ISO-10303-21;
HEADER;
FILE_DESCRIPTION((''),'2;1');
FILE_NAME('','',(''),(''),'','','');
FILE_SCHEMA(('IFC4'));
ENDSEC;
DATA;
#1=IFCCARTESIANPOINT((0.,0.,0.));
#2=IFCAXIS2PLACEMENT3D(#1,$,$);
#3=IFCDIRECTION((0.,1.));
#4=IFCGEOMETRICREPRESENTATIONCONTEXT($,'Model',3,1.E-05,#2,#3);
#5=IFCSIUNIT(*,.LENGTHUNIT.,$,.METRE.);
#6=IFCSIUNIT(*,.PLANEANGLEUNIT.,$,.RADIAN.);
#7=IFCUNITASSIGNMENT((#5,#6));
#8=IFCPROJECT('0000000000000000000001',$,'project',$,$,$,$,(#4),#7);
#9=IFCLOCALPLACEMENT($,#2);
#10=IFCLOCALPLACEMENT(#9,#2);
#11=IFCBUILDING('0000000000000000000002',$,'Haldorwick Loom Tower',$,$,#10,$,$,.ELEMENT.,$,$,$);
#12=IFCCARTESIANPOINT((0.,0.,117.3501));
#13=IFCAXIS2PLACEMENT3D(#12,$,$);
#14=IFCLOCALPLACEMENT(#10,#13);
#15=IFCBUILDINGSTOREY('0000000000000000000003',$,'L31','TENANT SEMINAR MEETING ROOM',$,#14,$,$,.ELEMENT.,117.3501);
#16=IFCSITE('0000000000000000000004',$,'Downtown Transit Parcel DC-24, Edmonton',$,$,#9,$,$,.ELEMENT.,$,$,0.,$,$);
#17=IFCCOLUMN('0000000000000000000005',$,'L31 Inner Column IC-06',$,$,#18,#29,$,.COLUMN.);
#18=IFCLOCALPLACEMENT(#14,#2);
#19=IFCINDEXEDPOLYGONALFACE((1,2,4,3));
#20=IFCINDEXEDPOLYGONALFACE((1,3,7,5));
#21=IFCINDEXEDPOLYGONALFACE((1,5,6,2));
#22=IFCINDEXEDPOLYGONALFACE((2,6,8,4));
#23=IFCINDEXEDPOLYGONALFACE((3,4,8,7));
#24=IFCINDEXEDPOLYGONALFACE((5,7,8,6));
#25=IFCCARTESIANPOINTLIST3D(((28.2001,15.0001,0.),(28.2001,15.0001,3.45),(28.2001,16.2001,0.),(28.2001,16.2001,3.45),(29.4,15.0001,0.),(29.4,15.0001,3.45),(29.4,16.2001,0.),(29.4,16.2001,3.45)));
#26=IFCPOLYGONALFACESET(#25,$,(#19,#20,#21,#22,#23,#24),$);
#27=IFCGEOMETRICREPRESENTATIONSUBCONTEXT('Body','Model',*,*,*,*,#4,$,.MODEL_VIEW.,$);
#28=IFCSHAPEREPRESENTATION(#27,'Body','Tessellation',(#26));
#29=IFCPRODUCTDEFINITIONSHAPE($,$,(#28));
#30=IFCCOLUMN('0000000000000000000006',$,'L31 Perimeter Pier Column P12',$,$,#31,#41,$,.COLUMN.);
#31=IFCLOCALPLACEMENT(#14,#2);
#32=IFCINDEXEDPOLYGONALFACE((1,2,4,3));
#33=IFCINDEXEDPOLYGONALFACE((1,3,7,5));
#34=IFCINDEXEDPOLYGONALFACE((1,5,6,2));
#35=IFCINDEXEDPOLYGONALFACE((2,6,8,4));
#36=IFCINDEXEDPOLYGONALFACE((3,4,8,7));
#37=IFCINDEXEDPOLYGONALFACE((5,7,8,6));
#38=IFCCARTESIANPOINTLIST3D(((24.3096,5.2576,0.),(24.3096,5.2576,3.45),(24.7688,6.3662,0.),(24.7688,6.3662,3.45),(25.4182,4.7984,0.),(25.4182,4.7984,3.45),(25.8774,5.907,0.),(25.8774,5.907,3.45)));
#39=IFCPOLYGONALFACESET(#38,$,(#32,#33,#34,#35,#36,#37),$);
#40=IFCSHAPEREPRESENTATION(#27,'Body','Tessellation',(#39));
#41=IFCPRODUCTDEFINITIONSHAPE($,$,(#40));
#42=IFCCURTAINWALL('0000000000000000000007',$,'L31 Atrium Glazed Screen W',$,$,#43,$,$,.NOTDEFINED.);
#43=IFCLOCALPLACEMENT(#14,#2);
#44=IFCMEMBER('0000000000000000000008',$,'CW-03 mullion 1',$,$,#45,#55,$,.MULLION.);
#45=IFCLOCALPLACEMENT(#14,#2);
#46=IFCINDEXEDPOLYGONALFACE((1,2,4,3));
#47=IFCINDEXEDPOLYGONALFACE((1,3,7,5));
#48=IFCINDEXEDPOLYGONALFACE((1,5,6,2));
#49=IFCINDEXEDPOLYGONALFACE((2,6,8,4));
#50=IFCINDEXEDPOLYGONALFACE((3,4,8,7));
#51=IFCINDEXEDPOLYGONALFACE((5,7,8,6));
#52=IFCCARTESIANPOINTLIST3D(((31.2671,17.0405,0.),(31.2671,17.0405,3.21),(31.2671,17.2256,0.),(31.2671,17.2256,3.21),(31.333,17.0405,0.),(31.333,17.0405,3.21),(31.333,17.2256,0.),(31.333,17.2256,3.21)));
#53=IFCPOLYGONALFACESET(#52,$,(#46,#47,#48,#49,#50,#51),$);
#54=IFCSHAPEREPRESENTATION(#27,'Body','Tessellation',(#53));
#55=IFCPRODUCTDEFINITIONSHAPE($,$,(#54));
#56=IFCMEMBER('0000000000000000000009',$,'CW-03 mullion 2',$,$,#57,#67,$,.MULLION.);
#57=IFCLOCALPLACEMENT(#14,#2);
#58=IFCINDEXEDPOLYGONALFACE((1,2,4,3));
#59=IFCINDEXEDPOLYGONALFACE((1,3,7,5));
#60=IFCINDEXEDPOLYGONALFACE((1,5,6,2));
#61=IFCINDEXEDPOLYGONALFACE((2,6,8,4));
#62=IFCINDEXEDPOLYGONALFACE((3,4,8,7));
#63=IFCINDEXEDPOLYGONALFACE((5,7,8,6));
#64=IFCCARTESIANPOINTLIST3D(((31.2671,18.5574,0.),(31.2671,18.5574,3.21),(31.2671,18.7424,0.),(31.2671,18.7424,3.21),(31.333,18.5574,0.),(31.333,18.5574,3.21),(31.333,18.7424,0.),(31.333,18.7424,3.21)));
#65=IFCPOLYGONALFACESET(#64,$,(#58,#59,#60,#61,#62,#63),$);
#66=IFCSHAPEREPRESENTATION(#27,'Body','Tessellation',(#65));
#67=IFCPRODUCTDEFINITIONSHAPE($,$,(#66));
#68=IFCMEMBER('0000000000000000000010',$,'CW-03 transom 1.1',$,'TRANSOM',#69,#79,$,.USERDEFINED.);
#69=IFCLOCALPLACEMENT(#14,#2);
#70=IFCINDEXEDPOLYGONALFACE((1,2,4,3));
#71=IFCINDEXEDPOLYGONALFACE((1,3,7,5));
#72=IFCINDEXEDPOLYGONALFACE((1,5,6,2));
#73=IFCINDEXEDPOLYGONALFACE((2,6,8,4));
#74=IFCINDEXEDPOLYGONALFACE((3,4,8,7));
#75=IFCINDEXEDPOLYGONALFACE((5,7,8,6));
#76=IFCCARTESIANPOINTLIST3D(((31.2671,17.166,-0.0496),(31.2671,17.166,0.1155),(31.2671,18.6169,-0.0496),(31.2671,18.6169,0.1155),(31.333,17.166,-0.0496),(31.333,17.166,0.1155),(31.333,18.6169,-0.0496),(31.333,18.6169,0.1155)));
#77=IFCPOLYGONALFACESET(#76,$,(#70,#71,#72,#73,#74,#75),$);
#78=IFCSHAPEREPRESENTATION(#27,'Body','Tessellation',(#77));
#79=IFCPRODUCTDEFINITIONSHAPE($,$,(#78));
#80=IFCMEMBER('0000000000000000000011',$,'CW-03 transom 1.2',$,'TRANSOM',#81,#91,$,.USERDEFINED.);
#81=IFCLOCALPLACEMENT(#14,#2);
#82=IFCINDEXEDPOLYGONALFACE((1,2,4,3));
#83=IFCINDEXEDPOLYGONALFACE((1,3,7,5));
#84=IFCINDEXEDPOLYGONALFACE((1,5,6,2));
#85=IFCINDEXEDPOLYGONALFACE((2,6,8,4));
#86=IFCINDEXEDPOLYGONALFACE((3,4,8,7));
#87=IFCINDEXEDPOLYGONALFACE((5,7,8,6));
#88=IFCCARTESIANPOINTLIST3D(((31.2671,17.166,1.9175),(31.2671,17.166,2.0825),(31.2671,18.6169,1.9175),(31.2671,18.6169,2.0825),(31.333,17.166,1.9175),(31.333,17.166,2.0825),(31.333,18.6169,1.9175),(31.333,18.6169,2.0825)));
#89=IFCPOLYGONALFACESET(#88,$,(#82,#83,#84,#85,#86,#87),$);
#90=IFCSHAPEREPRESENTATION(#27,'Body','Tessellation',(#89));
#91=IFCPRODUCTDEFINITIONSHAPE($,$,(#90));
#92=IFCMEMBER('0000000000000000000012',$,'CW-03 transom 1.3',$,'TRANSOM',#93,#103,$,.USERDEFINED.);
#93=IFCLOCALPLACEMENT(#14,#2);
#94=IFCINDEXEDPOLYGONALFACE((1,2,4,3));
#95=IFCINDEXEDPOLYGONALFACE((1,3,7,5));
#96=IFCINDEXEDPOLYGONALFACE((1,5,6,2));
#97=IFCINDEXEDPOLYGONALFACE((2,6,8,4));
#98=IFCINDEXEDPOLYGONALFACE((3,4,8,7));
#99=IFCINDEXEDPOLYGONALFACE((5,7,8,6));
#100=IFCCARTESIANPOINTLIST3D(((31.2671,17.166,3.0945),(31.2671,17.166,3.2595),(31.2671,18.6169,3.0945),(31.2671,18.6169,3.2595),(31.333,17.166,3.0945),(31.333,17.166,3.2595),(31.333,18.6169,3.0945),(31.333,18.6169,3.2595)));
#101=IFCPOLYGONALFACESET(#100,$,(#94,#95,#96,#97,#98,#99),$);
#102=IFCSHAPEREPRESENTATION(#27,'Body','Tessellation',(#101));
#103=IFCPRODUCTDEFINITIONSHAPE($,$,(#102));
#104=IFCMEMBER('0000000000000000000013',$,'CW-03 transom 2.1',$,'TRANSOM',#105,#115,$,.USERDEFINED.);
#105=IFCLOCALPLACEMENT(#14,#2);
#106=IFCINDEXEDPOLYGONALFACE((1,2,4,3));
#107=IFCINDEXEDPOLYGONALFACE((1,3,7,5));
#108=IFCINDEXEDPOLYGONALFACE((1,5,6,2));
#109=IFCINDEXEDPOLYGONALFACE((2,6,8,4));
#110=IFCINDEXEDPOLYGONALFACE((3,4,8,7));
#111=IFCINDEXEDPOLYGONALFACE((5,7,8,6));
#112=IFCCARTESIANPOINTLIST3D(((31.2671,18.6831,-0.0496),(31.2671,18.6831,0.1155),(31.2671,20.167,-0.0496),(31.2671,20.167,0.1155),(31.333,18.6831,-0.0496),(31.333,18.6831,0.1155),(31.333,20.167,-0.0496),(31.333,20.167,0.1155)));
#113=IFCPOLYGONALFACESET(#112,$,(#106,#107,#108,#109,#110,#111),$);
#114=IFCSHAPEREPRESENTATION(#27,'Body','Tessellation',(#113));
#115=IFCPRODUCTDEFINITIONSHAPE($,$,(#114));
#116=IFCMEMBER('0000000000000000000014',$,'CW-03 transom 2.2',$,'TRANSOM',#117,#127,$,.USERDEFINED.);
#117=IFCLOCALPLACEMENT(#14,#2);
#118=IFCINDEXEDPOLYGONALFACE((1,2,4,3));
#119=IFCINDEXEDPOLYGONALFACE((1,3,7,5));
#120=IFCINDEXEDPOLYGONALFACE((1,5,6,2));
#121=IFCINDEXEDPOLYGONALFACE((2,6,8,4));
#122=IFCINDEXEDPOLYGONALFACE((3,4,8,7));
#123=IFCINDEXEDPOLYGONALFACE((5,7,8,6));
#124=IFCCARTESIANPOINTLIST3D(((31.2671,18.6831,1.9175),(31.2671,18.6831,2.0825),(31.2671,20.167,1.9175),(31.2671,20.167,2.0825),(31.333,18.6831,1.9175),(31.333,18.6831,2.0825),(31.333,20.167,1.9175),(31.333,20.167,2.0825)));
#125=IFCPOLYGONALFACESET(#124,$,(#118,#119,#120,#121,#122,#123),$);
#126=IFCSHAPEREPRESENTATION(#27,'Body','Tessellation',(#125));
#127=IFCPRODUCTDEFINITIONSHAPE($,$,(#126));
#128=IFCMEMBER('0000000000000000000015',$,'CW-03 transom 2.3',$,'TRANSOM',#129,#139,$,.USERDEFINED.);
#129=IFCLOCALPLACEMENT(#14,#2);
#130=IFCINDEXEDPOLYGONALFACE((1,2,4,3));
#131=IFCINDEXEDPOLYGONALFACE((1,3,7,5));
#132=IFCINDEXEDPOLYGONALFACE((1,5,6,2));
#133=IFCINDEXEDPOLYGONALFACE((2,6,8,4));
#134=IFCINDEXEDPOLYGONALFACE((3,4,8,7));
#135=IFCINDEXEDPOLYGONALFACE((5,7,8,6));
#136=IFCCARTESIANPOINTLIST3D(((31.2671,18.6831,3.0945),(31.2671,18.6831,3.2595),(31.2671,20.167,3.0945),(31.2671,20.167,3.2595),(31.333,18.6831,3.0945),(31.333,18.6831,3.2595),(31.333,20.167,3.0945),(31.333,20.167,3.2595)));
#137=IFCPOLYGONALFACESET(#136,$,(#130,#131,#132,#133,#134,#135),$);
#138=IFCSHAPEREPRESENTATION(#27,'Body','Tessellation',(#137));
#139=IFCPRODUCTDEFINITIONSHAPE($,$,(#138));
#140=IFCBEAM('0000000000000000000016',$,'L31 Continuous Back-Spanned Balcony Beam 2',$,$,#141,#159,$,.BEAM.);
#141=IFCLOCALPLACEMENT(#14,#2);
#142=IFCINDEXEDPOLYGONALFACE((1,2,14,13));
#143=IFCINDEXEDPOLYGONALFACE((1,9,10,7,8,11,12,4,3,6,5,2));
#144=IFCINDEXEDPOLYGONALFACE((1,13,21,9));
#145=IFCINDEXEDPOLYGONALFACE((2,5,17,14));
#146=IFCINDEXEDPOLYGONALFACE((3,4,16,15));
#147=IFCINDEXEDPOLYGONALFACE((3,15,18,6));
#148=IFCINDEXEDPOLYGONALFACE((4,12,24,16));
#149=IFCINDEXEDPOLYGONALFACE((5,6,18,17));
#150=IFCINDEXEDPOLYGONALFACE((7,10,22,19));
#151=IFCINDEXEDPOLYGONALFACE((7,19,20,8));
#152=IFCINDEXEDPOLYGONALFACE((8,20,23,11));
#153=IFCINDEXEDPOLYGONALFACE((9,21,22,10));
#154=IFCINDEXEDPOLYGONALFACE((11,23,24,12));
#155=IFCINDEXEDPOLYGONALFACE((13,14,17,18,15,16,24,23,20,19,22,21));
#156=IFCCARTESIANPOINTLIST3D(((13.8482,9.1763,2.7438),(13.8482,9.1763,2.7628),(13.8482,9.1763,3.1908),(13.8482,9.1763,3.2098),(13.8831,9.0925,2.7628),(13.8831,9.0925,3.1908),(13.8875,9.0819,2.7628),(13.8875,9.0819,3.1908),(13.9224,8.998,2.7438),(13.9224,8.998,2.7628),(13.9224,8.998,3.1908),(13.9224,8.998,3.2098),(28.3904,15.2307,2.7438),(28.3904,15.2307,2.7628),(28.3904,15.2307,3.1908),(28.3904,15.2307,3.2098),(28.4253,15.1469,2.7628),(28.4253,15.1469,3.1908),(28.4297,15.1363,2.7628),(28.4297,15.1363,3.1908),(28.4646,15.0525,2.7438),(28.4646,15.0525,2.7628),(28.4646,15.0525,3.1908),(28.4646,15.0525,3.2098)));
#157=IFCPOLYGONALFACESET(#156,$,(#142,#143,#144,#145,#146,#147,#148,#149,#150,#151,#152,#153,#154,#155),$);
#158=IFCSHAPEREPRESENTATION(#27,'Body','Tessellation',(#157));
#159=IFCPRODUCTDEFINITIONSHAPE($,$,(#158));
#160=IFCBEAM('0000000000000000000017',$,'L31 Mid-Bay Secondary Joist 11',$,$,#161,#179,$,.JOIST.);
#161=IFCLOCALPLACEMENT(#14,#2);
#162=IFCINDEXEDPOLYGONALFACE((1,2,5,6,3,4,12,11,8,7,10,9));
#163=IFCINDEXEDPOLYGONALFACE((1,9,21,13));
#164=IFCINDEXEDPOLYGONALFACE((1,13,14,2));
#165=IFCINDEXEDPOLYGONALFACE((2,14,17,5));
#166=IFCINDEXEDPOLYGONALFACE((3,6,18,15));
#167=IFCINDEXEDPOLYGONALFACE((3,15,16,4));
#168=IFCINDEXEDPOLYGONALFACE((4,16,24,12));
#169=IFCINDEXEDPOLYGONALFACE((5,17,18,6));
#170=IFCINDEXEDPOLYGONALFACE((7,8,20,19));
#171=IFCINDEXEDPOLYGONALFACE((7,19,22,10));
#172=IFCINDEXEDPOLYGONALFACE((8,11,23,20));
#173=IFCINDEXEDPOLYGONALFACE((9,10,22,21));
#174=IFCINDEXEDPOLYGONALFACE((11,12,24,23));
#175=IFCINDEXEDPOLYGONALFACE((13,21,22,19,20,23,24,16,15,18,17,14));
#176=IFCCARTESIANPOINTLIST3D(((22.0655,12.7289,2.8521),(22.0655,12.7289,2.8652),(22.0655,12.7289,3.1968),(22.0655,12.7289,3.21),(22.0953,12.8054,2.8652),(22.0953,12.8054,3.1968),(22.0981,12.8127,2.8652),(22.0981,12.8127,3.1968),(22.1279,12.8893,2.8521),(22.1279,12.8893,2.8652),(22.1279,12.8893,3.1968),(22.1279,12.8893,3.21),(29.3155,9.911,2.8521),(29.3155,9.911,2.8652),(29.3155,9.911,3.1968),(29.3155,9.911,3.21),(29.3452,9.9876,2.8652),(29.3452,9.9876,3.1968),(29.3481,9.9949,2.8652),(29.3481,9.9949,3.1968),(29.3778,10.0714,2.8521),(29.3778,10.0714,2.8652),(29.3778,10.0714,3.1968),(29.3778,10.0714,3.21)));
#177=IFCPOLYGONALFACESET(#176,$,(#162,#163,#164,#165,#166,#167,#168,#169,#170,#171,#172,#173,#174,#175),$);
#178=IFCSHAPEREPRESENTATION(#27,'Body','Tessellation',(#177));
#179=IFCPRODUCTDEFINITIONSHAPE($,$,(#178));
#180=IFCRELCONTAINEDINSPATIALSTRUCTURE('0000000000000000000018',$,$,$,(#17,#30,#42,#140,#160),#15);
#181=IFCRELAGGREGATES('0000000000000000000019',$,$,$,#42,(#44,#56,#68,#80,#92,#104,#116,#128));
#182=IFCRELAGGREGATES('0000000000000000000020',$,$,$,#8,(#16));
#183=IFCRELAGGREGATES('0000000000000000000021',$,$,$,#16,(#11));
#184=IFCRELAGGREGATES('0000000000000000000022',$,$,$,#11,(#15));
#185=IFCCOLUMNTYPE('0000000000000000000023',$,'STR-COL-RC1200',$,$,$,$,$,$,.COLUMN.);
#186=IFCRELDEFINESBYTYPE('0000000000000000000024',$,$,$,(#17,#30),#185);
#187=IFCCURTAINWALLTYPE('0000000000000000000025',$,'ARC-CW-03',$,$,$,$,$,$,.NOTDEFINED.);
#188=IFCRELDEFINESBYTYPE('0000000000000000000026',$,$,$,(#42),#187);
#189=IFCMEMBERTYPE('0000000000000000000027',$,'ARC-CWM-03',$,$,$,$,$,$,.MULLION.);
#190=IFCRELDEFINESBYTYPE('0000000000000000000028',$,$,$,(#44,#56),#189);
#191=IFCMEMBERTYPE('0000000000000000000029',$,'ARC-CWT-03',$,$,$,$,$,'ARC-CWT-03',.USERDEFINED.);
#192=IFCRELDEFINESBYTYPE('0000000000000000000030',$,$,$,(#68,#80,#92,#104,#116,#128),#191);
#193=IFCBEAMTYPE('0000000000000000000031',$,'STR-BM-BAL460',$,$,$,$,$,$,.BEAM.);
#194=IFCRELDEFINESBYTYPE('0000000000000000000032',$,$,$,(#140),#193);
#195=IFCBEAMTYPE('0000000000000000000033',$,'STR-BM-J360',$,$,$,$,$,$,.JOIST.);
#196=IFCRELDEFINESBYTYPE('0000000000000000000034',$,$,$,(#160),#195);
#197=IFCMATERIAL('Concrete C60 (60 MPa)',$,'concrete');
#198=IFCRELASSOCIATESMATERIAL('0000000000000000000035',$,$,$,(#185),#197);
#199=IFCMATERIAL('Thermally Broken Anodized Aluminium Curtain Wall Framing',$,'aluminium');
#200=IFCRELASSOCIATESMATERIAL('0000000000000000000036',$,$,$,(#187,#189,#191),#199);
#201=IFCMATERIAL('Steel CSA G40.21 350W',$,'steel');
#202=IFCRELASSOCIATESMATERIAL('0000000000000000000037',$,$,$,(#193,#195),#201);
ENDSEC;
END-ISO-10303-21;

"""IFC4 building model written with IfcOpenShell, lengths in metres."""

from ifc_helpers import new_model, si_unit, direction, frame, origin, origin_2d, place, context, subcontext, project, spatial, rectangle, i_section, extrude, material, material_profile, profile_set, type_object, element, aggregate, save


model = new_model("IFC4")

# Units and contexts
model_context = context("Model", 3, precision=1e-05, world=origin(), true_north=direction((0.0, 1.0)))
body_context = subcontext(model_context, "Body", "Model", "MODEL_VIEW")
ifc_project = project(units=[si_unit("LENGTHUNIT", "METRE"), si_unit("PLANEANGLEUNIT", "RADIAN")], contexts=[model_context])

# Site, building, storey
site_placement = place(None, origin())
site = spatial("IfcSite", under=ifc_project, at=site_placement, Name="Downtown Transit Parcel DC-24, Edmonton", CompositionType="ELEMENT", RefElevation=0.0)
building_placement = place(site_placement, origin())
building = spatial("IfcBuilding", under=site, at=building_placement, Name="Haldorwick Loom Tower", CompositionType="ELEMENT")
storey_placement = place(building_placement, frame((0.0, 0.0, 117.3501)))
storey = spatial("IfcBuildingStorey", under=building, at=storey_placement, Name="L31", Description="TENANT SEMINAR MEETING ROOM", CompositionType="ELEMENT", Elevation=117.3501)

# Columns
ifc_material_1 = material(Name="Concrete C60 (60 MPa)", Category="concrete")
ifc_material_profile_1 = material_profile(ifc_material_1, rectangle(XDim=1.2, YDim=1.2, at=origin_2d()), Name="RC1200X1200", Category="concrete")
ifc_profile_set_1 = profile_set([ifc_material_profile_1], Name="Concrete C60 (60 MPa)")
column_type = type_object("IfcColumnType", Name="STR-COL-RC1200", PredefinedType="COLUMN", material=ifc_profile_set_1)
for number, where, z_axis, x_axis, name in (
    (1, (28.8, 15.6001, 0.0), (0.0, 0.0, 1.0), (1.0, 0.0, 0.0), "L31 Inner Column IC-06"),
    (2, (25.0935, 5.5823, 0.0), (0.0, 0.0, 1.0), (-0.382683, -0.92388, 0.0), "L31 Perimeter Pier Column P12"),
):
    element("IfcColumn", number, at=place(storey_placement, frame(where, z_axis=z_axis, x_axis=x_axis)), inside=storey, type_object=column_type, Name=name, PredefinedType="COLUMN", context=body_context, shape_type="SweptSolid", body=[
        extrude(rectangle(XDim=1.2, YDim=1.2, at=origin_2d()), origin(), (0.0, 0.0, 1.0), 3.45),
    ])

# Curtain wall, members
ifc_material_2 = material(Name="Thermally Broken Anodized Aluminium Curtain Wall Framing", Category="aluminium")
curtain_wall_type = type_object("IfcCurtainWallType", Name="ARC-CW-03", PredefinedType="NOTDEFINED", material=ifc_material_2)
curtain_wall_placement = place(storey_placement, origin())
curtain_wall = element("IfcCurtainWall", 3, at=curtain_wall_placement, inside=storey, type_object=curtain_wall_type, Name="L31 Atrium Glazed Screen W", PredefinedType="NOTDEFINED")
ifc_material_profile_2 = material_profile(ifc_material_2, rectangle(XDim=0.0659, YDim=0.1851, at=origin_2d()), Name="ALU_MUL_66X185", Category="aluminium")
ifc_profile_set_2 = profile_set([ifc_material_profile_2], Name="Thermally Broken Anodized Aluminium Curtain Wall Framing")
member_type_1 = type_object("IfcMemberType", Name="ARC-CWM-03", PredefinedType="MULLION", material=ifc_profile_set_2)
member_1_placement = place(storey_placement, frame((31.3, 17.1331, 0.0), z_axis=(0.0, 0.0, 1.0), x_axis=(-1.0, 0.0, 0.0)))
member_1 = element("IfcMember", 4, at=member_1_placement, type_object=member_type_1, Name="CW-03 mullion 1", PredefinedType="MULLION", context=body_context, shape_type="SweptSolid", body=[
    extrude(rectangle(XDim=0.0659, YDim=0.1851, at=origin_2d()), origin(), (0.0, 0.0, 1.0), 3.21),
])
member_2_placement = place(storey_placement, frame((31.3, 18.6499, 0.0), z_axis=(0.0, 0.0, 1.0), x_axis=(-1.0, 0.0, 0.0)))
member_2 = element("IfcMember", 5, at=member_2_placement, type_object=member_type_1, Name="CW-03 mullion 2", PredefinedType="MULLION", context=body_context, shape_type="SweptSolid", body=[
    extrude(rectangle(XDim=0.0659, YDim=0.1851, at=origin_2d()), origin(), (0.0, 0.0, 1.0), 3.21),
])
ifc_material_profile_3 = material_profile(ifc_material_2, rectangle(XDim=0.0659, YDim=0.165, at=origin_2d()), Name="ALU_TRN_66X165", Category="aluminium")
ifc_profile_set_3 = profile_set([ifc_material_profile_3], Name="Thermally Broken Anodized Aluminium Curtain Wall Framing")
member_type_2 = type_object("IfcMemberType", Name="ARC-CWT-03", ElementType="ARC-CWT-03", PredefinedType="USERDEFINED", material=ifc_profile_set_3)
member_3_placement = place(storey_placement, frame((31.3, 17.166, 0.033), z_axis=(0.0, 1.0, 0.0), x_axis=(-1.0, 0.0, 0.0)))
member_3 = element("IfcMember", 6, at=member_3_placement, type_object=member_type_2, Name="CW-03 transom 1.1", ObjectType="TRANSOM", PredefinedType="USERDEFINED", context=body_context, shape_type="SweptSolid", body=[
    extrude(rectangle(XDim=0.0659, YDim=0.165, at=origin_2d()), origin(), (0.0, 0.0, 1.0), 1.4509),
])
member_4_placement = place(storey_placement, frame((31.3, 17.166, 2.0), z_axis=(0.0, 1.0, 0.0), x_axis=(-1.0, 0.0, 0.0)))
member_4 = element("IfcMember", 7, at=member_4_placement, type_object=member_type_2, Name="CW-03 transom 1.2", ObjectType="TRANSOM", PredefinedType="USERDEFINED", context=body_context, shape_type="SweptSolid", body=[
    extrude(rectangle(XDim=0.0659, YDim=0.165, at=origin_2d()), origin(), (0.0, 0.0, 1.0), 1.4509),
])
member_5_placement = place(storey_placement, frame((31.3, 17.166, 3.177), z_axis=(0.0, 1.0, 0.0), x_axis=(-1.0, 0.0, 0.0)))
member_5 = element("IfcMember", 8, at=member_5_placement, type_object=member_type_2, Name="CW-03 transom 1.3", ObjectType="TRANSOM", PredefinedType="USERDEFINED", context=body_context, shape_type="SweptSolid", body=[
    extrude(rectangle(XDim=0.0659, YDim=0.165, at=origin_2d()), origin(), (0.0, 0.0, 1.0), 1.4509),
])
member_6_placement = place(storey_placement, frame((31.3, 18.6831, 0.033), z_axis=(0.0, 1.0, 0.0), x_axis=(-1.0, 0.0, 0.0)))
member_6 = element("IfcMember", 9, at=member_6_placement, type_object=member_type_2, Name="CW-03 transom 2.1", ObjectType="TRANSOM", PredefinedType="USERDEFINED", context=body_context, shape_type="SweptSolid", body=[
    extrude(rectangle(XDim=0.0659, YDim=0.165, at=origin_2d()), origin(), (0.0, 0.0, 1.0), 1.4839),
])
member_7_placement = place(storey_placement, frame((31.3, 18.6831, 2.0), z_axis=(0.0, 1.0, 0.0), x_axis=(-1.0, 0.0, 0.0)))
member_7 = element("IfcMember", 10, at=member_7_placement, type_object=member_type_2, Name="CW-03 transom 2.2", ObjectType="TRANSOM", PredefinedType="USERDEFINED", context=body_context, shape_type="SweptSolid", body=[
    extrude(rectangle(XDim=0.0659, YDim=0.165, at=origin_2d()), origin(), (0.0, 0.0, 1.0), 1.4839),
])
member_8_placement = place(storey_placement, frame((31.3, 18.6831, 3.177), z_axis=(0.0, 1.0, 0.0), x_axis=(-1.0, 0.0, 0.0)))
member_8 = element("IfcMember", 11, at=member_8_placement, type_object=member_type_2, Name="CW-03 transom 2.3", ObjectType="TRANSOM", PredefinedType="USERDEFINED", context=body_context, shape_type="SweptSolid", body=[
    extrude(rectangle(XDim=0.0659, YDim=0.165, at=origin_2d()), origin(), (0.0, 0.0, 1.0), 1.4839),
])

# Beams
ifc_material_3 = material(Name="Steel CSA G40.21 350W", Category="steel")
ifc_material_profile_4 = material_profile(ifc_material_3, i_section(OverallWidth=0.1931, OverallDepth=0.4661, WebThickness=0.0115, FlangeThickness=0.019, at=origin_2d()), Name="W460X97", Category="steel")
ifc_profile_set_4 = profile_set([ifc_material_profile_4], Name="Steel CSA G40.21 350W")
beam_type_1 = type_object("IfcBeamType", Name="STR-BM-BAL460", PredefinedType="BEAM", material=ifc_profile_set_4)
beam_1_placement = place(storey_placement, frame((28.4275, 15.1416, 2.9768), z_axis=(-0.923186, -0.384355, 0.0), x_axis=(0.384355, -0.923186, 0.0)))
element("IfcBeam", 12, at=beam_1_placement, inside=storey, type_object=beam_type_1, Name="L31 Continuous Back-Spanned Balcony Beam 2", PredefinedType="BEAM", context=body_context, shape_type="SweptSolid", body=[
    extrude(i_section(OverallWidth=0.1931, OverallDepth=0.4661, WebThickness=0.0115, FlangeThickness=0.019, at=origin_2d()), origin(), (0.0, 0.0, 1.0), 15.7522),
])
ifc_material_profile_5 = material_profile(ifc_material_3, i_section(OverallWidth=0.1721, OverallDepth=0.3579, WebThickness=0.0078, FlangeThickness=0.0132, at=origin_2d()), Name="W360X57", Category="steel")
ifc_profile_set_5 = profile_set([ifc_material_profile_5], Name="Steel CSA G40.21 350W")
beam_type_2 = type_object("IfcBeamType", Name="STR-BM-J360", PredefinedType="JOIST", material=ifc_profile_set_5)
beam_2_placement = place(storey_placement, frame((22.0967, 12.8091, 3.031), z_axis=(0.932073, -0.362271, 0.0), x_axis=(0.362271, 0.932073, 0.0)))
element("IfcBeam", 13, at=beam_2_placement, inside=storey, type_object=beam_type_2, Name="L31 Mid-Bay Secondary Joist 11", PredefinedType="JOIST", context=body_context, shape_type="SweptSolid", body=[
    extrude(i_section(OverallWidth=0.1721, OverallDepth=0.3579, WebThickness=0.0078, FlangeThickness=0.0132, at=origin_2d()), origin(), (0.0, 0.0, 1.0), 7.7783),
])

aggregate(curtain_wall, [member_1, member_2, member_3, member_4, member_5, member_6, member_7, member_8])

save(model, "model.ifc")
